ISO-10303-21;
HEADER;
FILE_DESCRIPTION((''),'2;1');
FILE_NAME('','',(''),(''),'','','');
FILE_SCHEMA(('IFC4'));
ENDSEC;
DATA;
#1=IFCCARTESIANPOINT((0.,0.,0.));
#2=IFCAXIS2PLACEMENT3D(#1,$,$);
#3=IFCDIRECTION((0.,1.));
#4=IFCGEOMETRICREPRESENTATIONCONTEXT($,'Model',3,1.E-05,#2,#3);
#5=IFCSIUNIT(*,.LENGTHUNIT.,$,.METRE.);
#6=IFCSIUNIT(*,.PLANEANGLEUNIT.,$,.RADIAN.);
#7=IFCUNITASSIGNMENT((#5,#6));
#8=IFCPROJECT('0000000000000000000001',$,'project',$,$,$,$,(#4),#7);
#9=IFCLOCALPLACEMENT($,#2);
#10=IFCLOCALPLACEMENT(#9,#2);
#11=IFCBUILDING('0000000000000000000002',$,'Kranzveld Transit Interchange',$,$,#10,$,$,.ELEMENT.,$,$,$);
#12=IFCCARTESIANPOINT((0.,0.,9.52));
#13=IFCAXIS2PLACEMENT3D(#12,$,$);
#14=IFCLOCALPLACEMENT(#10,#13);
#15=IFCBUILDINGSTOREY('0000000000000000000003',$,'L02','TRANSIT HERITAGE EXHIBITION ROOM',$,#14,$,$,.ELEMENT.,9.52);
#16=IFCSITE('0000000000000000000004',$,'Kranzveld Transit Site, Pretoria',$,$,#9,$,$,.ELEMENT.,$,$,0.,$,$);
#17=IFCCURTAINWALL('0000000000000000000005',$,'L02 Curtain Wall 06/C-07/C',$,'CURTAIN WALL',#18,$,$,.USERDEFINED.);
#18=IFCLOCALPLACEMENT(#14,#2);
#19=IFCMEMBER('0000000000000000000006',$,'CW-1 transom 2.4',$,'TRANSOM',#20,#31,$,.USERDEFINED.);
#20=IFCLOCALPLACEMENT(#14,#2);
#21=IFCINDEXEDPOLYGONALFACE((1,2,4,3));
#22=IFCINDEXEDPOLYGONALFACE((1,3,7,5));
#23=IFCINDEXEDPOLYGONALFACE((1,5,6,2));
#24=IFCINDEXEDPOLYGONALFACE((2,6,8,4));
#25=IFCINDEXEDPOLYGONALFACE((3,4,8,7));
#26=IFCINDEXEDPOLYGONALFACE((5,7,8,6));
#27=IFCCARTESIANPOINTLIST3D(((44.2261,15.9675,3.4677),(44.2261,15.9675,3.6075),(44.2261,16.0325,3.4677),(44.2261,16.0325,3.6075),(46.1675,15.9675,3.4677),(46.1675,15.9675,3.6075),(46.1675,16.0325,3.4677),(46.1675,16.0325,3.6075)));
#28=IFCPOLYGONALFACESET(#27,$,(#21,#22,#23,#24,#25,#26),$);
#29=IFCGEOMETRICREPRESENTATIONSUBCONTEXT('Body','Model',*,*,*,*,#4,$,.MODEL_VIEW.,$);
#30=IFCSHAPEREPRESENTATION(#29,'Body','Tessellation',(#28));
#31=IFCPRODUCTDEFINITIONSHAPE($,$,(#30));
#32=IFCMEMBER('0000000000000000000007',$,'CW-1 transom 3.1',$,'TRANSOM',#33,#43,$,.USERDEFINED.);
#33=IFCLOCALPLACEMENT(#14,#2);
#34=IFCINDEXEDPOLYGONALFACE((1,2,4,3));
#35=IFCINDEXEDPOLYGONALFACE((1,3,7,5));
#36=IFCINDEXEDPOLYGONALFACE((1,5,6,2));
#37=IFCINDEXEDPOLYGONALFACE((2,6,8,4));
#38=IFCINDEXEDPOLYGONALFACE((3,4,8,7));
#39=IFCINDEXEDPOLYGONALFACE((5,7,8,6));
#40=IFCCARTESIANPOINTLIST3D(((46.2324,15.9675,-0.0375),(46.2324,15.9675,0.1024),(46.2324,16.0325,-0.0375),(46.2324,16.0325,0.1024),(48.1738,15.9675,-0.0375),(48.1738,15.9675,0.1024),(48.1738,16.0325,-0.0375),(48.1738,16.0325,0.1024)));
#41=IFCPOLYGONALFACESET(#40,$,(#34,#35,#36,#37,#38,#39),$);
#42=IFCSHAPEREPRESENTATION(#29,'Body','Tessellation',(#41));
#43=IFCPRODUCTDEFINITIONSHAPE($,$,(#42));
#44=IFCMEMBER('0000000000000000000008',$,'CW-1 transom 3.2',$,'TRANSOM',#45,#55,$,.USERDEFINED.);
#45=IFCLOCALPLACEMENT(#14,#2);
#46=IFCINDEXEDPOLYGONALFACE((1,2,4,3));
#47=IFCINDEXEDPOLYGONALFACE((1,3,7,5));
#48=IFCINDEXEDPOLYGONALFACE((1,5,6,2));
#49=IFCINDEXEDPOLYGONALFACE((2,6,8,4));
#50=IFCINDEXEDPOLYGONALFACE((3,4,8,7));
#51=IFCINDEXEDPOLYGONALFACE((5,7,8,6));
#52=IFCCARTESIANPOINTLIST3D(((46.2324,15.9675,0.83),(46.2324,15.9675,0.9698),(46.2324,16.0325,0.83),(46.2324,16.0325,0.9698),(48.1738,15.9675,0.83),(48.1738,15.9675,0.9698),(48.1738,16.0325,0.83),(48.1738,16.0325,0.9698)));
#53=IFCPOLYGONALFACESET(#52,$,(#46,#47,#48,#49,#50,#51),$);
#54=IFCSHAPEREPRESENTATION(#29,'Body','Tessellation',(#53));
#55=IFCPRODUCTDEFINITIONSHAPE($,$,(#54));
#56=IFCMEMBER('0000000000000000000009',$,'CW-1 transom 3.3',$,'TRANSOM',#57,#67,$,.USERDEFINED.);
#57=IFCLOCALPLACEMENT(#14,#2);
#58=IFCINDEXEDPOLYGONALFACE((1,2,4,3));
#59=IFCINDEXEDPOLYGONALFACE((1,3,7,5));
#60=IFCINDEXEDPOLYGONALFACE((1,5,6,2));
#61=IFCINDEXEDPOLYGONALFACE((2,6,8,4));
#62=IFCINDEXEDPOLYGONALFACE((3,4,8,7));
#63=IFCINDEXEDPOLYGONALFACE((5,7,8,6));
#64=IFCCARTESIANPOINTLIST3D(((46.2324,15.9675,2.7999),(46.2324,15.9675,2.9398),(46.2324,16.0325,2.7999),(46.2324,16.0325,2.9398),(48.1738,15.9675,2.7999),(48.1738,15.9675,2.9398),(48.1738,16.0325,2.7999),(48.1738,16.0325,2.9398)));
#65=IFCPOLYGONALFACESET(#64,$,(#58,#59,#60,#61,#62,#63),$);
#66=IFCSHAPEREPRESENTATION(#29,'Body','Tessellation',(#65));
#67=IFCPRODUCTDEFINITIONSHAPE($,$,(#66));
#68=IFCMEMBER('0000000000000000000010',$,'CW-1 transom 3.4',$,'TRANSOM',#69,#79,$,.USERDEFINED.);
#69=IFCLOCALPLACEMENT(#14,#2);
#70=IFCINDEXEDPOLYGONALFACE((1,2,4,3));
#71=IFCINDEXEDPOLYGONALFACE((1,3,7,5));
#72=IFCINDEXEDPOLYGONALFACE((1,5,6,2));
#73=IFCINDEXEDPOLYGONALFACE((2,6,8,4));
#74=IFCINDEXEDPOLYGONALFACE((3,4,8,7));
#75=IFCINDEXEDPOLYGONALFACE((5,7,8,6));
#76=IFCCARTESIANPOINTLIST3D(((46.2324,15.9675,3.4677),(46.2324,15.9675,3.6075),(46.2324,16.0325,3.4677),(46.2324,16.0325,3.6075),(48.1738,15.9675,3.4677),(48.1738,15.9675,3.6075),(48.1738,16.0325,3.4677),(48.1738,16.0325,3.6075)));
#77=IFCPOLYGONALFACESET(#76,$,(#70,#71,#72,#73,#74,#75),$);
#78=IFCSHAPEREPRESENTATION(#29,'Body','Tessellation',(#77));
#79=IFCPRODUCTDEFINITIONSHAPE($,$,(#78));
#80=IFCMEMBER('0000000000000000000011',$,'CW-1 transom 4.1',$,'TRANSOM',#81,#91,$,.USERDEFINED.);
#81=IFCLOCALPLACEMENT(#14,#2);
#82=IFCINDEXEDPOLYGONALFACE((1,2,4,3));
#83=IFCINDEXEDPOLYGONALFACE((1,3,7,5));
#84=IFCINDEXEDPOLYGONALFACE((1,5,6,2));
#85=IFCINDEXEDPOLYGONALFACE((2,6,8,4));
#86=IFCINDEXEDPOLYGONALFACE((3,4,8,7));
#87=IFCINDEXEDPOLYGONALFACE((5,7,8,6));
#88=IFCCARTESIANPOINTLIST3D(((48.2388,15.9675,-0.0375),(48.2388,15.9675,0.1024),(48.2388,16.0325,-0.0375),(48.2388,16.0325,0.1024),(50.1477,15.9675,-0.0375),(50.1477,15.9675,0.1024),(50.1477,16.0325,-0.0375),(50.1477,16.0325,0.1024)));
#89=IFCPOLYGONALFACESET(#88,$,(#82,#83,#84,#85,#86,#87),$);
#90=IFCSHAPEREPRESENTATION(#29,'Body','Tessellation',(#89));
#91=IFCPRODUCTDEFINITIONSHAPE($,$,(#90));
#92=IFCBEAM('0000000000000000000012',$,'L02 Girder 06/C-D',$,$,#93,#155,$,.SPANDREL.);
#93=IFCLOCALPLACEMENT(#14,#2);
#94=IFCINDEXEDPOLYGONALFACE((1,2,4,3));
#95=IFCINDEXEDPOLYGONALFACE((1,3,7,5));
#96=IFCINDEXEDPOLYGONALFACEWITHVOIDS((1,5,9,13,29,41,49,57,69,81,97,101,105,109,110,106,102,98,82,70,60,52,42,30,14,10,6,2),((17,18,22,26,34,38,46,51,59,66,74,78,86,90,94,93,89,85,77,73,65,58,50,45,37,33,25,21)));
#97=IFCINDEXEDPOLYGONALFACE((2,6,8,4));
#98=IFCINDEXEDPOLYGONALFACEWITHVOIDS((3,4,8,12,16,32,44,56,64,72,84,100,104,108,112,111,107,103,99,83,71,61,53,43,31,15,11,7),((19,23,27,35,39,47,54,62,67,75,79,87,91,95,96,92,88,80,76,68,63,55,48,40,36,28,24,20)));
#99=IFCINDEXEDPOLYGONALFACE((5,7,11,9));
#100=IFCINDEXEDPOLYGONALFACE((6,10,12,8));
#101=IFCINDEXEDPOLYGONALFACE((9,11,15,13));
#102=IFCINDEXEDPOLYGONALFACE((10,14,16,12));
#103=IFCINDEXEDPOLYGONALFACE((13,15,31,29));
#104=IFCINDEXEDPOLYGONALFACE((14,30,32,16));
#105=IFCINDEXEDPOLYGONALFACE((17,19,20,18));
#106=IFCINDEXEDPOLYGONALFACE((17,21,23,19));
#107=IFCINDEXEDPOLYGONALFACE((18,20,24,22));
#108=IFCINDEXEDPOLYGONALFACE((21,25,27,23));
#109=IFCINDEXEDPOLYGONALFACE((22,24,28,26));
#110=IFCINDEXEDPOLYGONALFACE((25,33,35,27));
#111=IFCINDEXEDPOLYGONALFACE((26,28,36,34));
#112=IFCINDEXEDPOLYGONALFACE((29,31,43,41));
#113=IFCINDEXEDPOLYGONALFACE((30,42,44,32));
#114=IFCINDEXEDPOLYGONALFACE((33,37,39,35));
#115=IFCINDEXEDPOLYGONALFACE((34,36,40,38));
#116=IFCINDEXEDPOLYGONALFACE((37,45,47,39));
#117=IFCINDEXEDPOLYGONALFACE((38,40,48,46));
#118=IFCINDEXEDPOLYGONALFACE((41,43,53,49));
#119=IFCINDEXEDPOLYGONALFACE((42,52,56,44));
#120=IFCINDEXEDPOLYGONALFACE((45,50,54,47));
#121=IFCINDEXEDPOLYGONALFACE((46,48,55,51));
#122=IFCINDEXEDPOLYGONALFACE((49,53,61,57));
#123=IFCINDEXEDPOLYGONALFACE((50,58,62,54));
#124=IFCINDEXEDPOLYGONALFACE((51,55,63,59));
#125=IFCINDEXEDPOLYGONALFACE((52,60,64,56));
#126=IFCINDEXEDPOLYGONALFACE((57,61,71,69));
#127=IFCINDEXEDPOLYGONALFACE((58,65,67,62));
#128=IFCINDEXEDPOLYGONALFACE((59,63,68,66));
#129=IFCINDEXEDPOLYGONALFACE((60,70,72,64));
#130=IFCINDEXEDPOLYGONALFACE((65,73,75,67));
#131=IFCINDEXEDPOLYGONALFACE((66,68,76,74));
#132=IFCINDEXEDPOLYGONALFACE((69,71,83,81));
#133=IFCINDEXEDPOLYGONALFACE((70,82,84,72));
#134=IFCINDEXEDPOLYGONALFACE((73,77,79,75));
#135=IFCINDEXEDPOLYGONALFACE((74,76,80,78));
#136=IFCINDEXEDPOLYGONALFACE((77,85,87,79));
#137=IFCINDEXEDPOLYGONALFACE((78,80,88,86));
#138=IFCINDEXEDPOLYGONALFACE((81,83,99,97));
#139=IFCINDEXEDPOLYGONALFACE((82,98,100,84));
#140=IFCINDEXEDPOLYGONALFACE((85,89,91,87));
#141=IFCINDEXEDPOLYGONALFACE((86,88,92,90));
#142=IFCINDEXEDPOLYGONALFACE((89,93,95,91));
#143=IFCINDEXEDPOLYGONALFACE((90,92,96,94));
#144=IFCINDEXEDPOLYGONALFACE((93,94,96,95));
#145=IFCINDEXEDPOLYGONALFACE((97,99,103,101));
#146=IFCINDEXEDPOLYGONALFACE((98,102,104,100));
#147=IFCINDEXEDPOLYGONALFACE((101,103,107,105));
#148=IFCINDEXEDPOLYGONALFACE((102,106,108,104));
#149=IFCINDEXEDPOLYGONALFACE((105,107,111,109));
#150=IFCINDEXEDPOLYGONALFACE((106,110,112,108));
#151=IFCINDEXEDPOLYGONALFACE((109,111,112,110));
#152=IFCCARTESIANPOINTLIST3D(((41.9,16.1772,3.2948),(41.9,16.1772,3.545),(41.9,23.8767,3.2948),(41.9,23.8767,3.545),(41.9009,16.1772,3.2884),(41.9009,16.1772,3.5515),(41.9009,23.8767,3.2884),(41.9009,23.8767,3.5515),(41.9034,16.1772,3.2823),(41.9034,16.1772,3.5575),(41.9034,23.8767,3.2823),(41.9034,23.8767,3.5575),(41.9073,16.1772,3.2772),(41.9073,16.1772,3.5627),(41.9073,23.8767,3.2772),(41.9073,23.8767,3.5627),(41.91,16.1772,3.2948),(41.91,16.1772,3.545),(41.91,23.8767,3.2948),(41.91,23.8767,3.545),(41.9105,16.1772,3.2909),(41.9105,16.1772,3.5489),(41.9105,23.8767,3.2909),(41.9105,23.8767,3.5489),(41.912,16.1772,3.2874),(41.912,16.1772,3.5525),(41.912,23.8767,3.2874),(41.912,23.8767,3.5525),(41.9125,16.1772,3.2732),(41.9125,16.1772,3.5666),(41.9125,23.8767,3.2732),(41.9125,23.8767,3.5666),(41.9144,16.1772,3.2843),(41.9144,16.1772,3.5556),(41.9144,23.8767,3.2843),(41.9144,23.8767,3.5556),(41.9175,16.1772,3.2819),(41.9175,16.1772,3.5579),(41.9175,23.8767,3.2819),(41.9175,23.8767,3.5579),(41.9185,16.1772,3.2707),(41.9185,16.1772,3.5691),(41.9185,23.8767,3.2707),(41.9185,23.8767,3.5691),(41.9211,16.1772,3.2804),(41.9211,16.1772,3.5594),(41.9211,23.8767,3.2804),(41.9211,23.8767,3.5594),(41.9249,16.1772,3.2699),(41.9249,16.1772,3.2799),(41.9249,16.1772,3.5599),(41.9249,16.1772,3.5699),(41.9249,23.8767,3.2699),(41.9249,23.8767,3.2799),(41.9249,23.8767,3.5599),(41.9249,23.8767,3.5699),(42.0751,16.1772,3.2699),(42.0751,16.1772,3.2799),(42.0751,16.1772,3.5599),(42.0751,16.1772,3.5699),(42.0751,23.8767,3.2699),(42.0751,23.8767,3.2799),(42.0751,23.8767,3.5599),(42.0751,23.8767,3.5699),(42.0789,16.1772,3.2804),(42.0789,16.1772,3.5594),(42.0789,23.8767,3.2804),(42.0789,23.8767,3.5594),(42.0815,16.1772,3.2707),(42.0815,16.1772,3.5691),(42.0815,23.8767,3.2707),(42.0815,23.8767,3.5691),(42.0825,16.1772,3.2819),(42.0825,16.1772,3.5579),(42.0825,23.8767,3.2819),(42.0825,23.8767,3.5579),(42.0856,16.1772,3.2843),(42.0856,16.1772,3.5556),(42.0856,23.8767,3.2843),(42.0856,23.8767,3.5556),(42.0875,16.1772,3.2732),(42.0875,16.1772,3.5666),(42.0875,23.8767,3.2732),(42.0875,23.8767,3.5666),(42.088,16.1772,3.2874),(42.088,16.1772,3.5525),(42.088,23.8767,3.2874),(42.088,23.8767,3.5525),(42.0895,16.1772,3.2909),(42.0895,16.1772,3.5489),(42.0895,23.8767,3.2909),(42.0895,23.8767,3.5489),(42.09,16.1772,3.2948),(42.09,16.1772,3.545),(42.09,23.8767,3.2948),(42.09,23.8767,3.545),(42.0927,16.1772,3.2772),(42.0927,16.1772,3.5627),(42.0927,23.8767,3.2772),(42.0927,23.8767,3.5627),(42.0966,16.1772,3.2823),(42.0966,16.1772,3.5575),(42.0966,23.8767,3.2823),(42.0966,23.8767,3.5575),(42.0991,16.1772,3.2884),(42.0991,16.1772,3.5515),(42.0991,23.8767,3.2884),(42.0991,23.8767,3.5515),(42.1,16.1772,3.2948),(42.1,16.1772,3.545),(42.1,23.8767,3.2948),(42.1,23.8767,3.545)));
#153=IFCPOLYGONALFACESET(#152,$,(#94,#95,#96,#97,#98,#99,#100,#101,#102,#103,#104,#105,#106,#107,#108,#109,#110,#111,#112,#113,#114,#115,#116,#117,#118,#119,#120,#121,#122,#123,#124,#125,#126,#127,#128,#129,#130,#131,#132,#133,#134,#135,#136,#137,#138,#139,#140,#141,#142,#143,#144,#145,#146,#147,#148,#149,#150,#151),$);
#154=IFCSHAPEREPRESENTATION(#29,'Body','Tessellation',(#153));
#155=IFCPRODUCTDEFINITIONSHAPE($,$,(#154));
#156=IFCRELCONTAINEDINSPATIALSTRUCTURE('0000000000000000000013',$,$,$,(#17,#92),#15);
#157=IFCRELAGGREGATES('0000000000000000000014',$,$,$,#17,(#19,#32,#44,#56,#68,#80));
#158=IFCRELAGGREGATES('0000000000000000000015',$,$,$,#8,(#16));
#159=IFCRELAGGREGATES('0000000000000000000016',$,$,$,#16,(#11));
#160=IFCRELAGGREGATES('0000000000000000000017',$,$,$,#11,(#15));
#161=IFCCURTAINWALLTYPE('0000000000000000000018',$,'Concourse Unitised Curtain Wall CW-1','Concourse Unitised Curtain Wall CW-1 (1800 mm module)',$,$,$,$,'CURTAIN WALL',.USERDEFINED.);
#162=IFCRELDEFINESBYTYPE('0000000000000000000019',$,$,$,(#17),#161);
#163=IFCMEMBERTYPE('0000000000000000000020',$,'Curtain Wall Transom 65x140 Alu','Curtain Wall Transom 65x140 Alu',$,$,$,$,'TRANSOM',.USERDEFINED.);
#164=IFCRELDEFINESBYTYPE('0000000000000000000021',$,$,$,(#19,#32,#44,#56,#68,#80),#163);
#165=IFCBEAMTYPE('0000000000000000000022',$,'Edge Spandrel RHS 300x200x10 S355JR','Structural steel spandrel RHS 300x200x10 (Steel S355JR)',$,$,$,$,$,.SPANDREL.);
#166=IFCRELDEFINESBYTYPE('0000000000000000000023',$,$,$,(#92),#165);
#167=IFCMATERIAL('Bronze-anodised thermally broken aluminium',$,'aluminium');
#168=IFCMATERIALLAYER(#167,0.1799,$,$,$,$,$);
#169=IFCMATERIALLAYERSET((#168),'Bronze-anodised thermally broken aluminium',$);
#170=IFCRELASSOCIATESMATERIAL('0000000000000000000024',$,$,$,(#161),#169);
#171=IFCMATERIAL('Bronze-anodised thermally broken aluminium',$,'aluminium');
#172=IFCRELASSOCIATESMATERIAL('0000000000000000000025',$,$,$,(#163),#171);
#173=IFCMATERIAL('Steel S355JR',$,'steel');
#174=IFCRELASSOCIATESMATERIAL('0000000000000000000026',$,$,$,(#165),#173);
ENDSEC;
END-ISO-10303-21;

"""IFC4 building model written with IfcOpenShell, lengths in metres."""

from ifc_helpers import new_model, si_unit, direction, frame, origin, origin_2d, place, context, subcontext, project, spatial, rectangle, hollow_rectangle, extrude, material, layer, layer_set, material_profile, profile_set, type_object, element, aggregate, save


model = new_model("IFC4")

# Units and contexts
model_context = context("Model", 3, precision=1e-05, world=origin(), true_north=direction((0.0, 1.0)))
body_context = subcontext(model_context, "Body", "Model", "MODEL_VIEW")
ifc_project = project(units=[si_unit("LENGTHUNIT", "METRE"), si_unit("PLANEANGLEUNIT", "RADIAN")], contexts=[model_context])

# Site, building, storey
site_placement = place(None, origin())
site = spatial("IfcSite", under=ifc_project, at=site_placement, Name="Kranzveld Transit Site, Pretoria", CompositionType="ELEMENT", RefElevation=0.0)
building_placement = place(site_placement, origin())
building = spatial("IfcBuilding", under=site, at=building_placement, Name="Kranzveld Transit Interchange", CompositionType="ELEMENT")
storey_placement = place(building_placement, frame((0.0, 0.0, 9.52)))
storey = spatial("IfcBuildingStorey", under=building, at=storey_placement, Name="L02", Description="TRANSIT HERITAGE EXHIBITION ROOM", CompositionType="ELEMENT", Elevation=9.52)

# Curtain wall, members
ifc_material_1 = material(Name="Bronze-anodised thermally broken aluminium", Category="aluminium")
ifc_layer_1 = layer(ifc_material_1, 0.1799)
ifc_layer_set_1 = layer_set([ifc_layer_1], Name="Bronze-anodised thermally broken aluminium")
curtain_wall_type = type_object("IfcCurtainWallType", Name="Concourse Unitised Curtain Wall CW-1", Description="Concourse Unitised Curtain Wall CW-1 (1800 mm module)", ElementType="CURTAIN WALL", PredefinedType="USERDEFINED", material=ifc_layer_set_1)
curtain_wall_placement = place(storey_placement, origin())
curtain_wall = element("IfcCurtainWall", 1, at=curtain_wall_placement, inside=storey, type_object=curtain_wall_type, Name="L02 Curtain Wall 06/C-07/C", ObjectType="CURTAIN WALL", PredefinedType="USERDEFINED")
ifc_material_2 = material(Name="Bronze-anodised thermally broken aluminium", Category="aluminium")
ifc_material_profile_1 = material_profile(ifc_material_2, rectangle(XDim=0.0649, YDim=0.1399, at=origin_2d()), Name="ALU TRANSOM 65x140")
ifc_profile_set_1 = profile_set([ifc_material_profile_1], Name="Bronze-anodised thermally broken aluminium")
member_type_1 = type_object("IfcMemberType", Name="Curtain Wall Transom 65x140 Alu", Description="Curtain Wall Transom 65x140 Alu", ElementType="TRANSOM", PredefinedType="USERDEFINED", material=ifc_profile_set_1)
member_1_placement = place(storey_placement, frame((44.2261, 16.0, 3.5376), z_axis=(1.0, 0.0, 0.0), x_axis=(0.0, 1.0, 0.0)))
member_1 = element("IfcMember", 2, at=member_1_placement, type_object=member_type_1, Name="CW-1 transom 2.4", ObjectType="TRANSOM", PredefinedType="USERDEFINED", context=body_context, shape_type="SweptSolid", body=[
    extrude(rectangle(XDim=0.0649, YDim=0.1399, at=origin_2d()), origin(), (0.0, 0.0, 1.0), 1.9414),
])
member_2_placement = place(storey_placement, frame((46.2324, 16.0, 0.0325), z_axis=(1.0, 0.0, 0.0), x_axis=(0.0, 1.0, 0.0)))
member_2 = element("IfcMember", 3, at=member_2_placement, type_object=member_type_1, Name="CW-1 transom 3.1", ObjectType="TRANSOM", PredefinedType="USERDEFINED", context=body_context, shape_type="SweptSolid", body=[
    extrude(rectangle(XDim=0.0649, YDim=0.1399, at=origin_2d()), origin(), (0.0, 0.0, 1.0), 1.9414),
])
member_3_placement = place(storey_placement, frame((46.2324, 16.0, 0.8999), z_axis=(1.0, 0.0, 0.0), x_axis=(0.0, 1.0, 0.0)))
member_3 = element("IfcMember", 4, at=member_3_placement, type_object=member_type_1, Name="CW-1 transom 3.2", ObjectType="TRANSOM", PredefinedType="USERDEFINED", context=body_context, shape_type="SweptSolid", body=[
    extrude(rectangle(XDim=0.0649, YDim=0.1399, at=origin_2d()), origin(), (0.0, 0.0, 1.0), 1.9414),
])
member_4_placement = place(storey_placement, frame((46.2324, 16.0, 2.8699), z_axis=(1.0, 0.0, 0.0), x_axis=(0.0, 1.0, 0.0)))
member_4 = element("IfcMember", 5, at=member_4_placement, type_object=member_type_1, Name="CW-1 transom 3.3", ObjectType="TRANSOM", PredefinedType="USERDEFINED", context=body_context, shape_type="SweptSolid", body=[
    extrude(rectangle(XDim=0.0649, YDim=0.1399, at=origin_2d()), origin(), (0.0, 0.0, 1.0), 1.9414),
])
member_5_placement = place(storey_placement, frame((46.2324, 16.0, 3.5376), z_axis=(1.0, 0.0, 0.0), x_axis=(0.0, 1.0, 0.0)))
member_5 = element("IfcMember", 6, at=member_5_placement, type_object=member_type_1, Name="CW-1 transom 3.4", ObjectType="TRANSOM", PredefinedType="USERDEFINED", context=body_context, shape_type="SweptSolid", body=[
    extrude(rectangle(XDim=0.0649, YDim=0.1399, at=origin_2d()), origin(), (0.0, 0.0, 1.0), 1.9414),
])
member_6_placement = place(storey_placement, frame((48.2388, 16.0, 0.0325), z_axis=(1.0, 0.0, 0.0), x_axis=(0.0, 1.0, 0.0)))
member_6 = element("IfcMember", 7, at=member_6_placement, type_object=member_type_1, Name="CW-1 transom 4.1", ObjectType="TRANSOM", PredefinedType="USERDEFINED", context=body_context, shape_type="SweptSolid", body=[
    extrude(rectangle(XDim=0.0649, YDim=0.1399, at=origin_2d()), origin(), (0.0, 0.0, 1.0), 1.9089),
])

# Beam
ifc_material_3 = material(Name="Steel S355JR", Category="steel")
ifc_material_profile_2 = material_profile(ifc_material_3, hollow_rectangle(XDim=0.2, YDim=0.3, WallThickness=0.01, InnerFilletRadius=0.0149, OuterFilletRadius=0.0249, at=origin_2d()), Name="RHS 300x200x10")
ifc_profile_set_2 = profile_set([ifc_material_profile_2], Name="Steel S355JR")
beam_type = type_object("IfcBeamType", Name="Edge Spandrel RHS 300x200x10 S355JR", Description="Structural steel spandrel RHS 300x200x10 (Steel S355JR)", PredefinedType="SPANDREL", material=ifc_profile_set_2)
beam_placement = place(storey_placement, frame((42.0, 16.1772, 3.4199), z_axis=(0.0, 1.0, 0.0), x_axis=(-1.0, 0.0, 0.0)))
element("IfcBeam", 8, at=beam_placement, inside=storey, type_object=beam_type, Name="L02 Girder 06/C-D", PredefinedType="SPANDREL", context=body_context, shape_type="SweptSolid", body=[
    extrude(hollow_rectangle(XDim=0.2, YDim=0.3, WallThickness=0.01, InnerFilletRadius=0.0149, OuterFilletRadius=0.0249, at=origin_2d()), origin(), (0.0, 0.0, 1.0), 7.6995),
])

aggregate(curtain_wall, [member_1, member_2, member_3, member_4, member_5, member_6])

save(model, "model.ifc")
